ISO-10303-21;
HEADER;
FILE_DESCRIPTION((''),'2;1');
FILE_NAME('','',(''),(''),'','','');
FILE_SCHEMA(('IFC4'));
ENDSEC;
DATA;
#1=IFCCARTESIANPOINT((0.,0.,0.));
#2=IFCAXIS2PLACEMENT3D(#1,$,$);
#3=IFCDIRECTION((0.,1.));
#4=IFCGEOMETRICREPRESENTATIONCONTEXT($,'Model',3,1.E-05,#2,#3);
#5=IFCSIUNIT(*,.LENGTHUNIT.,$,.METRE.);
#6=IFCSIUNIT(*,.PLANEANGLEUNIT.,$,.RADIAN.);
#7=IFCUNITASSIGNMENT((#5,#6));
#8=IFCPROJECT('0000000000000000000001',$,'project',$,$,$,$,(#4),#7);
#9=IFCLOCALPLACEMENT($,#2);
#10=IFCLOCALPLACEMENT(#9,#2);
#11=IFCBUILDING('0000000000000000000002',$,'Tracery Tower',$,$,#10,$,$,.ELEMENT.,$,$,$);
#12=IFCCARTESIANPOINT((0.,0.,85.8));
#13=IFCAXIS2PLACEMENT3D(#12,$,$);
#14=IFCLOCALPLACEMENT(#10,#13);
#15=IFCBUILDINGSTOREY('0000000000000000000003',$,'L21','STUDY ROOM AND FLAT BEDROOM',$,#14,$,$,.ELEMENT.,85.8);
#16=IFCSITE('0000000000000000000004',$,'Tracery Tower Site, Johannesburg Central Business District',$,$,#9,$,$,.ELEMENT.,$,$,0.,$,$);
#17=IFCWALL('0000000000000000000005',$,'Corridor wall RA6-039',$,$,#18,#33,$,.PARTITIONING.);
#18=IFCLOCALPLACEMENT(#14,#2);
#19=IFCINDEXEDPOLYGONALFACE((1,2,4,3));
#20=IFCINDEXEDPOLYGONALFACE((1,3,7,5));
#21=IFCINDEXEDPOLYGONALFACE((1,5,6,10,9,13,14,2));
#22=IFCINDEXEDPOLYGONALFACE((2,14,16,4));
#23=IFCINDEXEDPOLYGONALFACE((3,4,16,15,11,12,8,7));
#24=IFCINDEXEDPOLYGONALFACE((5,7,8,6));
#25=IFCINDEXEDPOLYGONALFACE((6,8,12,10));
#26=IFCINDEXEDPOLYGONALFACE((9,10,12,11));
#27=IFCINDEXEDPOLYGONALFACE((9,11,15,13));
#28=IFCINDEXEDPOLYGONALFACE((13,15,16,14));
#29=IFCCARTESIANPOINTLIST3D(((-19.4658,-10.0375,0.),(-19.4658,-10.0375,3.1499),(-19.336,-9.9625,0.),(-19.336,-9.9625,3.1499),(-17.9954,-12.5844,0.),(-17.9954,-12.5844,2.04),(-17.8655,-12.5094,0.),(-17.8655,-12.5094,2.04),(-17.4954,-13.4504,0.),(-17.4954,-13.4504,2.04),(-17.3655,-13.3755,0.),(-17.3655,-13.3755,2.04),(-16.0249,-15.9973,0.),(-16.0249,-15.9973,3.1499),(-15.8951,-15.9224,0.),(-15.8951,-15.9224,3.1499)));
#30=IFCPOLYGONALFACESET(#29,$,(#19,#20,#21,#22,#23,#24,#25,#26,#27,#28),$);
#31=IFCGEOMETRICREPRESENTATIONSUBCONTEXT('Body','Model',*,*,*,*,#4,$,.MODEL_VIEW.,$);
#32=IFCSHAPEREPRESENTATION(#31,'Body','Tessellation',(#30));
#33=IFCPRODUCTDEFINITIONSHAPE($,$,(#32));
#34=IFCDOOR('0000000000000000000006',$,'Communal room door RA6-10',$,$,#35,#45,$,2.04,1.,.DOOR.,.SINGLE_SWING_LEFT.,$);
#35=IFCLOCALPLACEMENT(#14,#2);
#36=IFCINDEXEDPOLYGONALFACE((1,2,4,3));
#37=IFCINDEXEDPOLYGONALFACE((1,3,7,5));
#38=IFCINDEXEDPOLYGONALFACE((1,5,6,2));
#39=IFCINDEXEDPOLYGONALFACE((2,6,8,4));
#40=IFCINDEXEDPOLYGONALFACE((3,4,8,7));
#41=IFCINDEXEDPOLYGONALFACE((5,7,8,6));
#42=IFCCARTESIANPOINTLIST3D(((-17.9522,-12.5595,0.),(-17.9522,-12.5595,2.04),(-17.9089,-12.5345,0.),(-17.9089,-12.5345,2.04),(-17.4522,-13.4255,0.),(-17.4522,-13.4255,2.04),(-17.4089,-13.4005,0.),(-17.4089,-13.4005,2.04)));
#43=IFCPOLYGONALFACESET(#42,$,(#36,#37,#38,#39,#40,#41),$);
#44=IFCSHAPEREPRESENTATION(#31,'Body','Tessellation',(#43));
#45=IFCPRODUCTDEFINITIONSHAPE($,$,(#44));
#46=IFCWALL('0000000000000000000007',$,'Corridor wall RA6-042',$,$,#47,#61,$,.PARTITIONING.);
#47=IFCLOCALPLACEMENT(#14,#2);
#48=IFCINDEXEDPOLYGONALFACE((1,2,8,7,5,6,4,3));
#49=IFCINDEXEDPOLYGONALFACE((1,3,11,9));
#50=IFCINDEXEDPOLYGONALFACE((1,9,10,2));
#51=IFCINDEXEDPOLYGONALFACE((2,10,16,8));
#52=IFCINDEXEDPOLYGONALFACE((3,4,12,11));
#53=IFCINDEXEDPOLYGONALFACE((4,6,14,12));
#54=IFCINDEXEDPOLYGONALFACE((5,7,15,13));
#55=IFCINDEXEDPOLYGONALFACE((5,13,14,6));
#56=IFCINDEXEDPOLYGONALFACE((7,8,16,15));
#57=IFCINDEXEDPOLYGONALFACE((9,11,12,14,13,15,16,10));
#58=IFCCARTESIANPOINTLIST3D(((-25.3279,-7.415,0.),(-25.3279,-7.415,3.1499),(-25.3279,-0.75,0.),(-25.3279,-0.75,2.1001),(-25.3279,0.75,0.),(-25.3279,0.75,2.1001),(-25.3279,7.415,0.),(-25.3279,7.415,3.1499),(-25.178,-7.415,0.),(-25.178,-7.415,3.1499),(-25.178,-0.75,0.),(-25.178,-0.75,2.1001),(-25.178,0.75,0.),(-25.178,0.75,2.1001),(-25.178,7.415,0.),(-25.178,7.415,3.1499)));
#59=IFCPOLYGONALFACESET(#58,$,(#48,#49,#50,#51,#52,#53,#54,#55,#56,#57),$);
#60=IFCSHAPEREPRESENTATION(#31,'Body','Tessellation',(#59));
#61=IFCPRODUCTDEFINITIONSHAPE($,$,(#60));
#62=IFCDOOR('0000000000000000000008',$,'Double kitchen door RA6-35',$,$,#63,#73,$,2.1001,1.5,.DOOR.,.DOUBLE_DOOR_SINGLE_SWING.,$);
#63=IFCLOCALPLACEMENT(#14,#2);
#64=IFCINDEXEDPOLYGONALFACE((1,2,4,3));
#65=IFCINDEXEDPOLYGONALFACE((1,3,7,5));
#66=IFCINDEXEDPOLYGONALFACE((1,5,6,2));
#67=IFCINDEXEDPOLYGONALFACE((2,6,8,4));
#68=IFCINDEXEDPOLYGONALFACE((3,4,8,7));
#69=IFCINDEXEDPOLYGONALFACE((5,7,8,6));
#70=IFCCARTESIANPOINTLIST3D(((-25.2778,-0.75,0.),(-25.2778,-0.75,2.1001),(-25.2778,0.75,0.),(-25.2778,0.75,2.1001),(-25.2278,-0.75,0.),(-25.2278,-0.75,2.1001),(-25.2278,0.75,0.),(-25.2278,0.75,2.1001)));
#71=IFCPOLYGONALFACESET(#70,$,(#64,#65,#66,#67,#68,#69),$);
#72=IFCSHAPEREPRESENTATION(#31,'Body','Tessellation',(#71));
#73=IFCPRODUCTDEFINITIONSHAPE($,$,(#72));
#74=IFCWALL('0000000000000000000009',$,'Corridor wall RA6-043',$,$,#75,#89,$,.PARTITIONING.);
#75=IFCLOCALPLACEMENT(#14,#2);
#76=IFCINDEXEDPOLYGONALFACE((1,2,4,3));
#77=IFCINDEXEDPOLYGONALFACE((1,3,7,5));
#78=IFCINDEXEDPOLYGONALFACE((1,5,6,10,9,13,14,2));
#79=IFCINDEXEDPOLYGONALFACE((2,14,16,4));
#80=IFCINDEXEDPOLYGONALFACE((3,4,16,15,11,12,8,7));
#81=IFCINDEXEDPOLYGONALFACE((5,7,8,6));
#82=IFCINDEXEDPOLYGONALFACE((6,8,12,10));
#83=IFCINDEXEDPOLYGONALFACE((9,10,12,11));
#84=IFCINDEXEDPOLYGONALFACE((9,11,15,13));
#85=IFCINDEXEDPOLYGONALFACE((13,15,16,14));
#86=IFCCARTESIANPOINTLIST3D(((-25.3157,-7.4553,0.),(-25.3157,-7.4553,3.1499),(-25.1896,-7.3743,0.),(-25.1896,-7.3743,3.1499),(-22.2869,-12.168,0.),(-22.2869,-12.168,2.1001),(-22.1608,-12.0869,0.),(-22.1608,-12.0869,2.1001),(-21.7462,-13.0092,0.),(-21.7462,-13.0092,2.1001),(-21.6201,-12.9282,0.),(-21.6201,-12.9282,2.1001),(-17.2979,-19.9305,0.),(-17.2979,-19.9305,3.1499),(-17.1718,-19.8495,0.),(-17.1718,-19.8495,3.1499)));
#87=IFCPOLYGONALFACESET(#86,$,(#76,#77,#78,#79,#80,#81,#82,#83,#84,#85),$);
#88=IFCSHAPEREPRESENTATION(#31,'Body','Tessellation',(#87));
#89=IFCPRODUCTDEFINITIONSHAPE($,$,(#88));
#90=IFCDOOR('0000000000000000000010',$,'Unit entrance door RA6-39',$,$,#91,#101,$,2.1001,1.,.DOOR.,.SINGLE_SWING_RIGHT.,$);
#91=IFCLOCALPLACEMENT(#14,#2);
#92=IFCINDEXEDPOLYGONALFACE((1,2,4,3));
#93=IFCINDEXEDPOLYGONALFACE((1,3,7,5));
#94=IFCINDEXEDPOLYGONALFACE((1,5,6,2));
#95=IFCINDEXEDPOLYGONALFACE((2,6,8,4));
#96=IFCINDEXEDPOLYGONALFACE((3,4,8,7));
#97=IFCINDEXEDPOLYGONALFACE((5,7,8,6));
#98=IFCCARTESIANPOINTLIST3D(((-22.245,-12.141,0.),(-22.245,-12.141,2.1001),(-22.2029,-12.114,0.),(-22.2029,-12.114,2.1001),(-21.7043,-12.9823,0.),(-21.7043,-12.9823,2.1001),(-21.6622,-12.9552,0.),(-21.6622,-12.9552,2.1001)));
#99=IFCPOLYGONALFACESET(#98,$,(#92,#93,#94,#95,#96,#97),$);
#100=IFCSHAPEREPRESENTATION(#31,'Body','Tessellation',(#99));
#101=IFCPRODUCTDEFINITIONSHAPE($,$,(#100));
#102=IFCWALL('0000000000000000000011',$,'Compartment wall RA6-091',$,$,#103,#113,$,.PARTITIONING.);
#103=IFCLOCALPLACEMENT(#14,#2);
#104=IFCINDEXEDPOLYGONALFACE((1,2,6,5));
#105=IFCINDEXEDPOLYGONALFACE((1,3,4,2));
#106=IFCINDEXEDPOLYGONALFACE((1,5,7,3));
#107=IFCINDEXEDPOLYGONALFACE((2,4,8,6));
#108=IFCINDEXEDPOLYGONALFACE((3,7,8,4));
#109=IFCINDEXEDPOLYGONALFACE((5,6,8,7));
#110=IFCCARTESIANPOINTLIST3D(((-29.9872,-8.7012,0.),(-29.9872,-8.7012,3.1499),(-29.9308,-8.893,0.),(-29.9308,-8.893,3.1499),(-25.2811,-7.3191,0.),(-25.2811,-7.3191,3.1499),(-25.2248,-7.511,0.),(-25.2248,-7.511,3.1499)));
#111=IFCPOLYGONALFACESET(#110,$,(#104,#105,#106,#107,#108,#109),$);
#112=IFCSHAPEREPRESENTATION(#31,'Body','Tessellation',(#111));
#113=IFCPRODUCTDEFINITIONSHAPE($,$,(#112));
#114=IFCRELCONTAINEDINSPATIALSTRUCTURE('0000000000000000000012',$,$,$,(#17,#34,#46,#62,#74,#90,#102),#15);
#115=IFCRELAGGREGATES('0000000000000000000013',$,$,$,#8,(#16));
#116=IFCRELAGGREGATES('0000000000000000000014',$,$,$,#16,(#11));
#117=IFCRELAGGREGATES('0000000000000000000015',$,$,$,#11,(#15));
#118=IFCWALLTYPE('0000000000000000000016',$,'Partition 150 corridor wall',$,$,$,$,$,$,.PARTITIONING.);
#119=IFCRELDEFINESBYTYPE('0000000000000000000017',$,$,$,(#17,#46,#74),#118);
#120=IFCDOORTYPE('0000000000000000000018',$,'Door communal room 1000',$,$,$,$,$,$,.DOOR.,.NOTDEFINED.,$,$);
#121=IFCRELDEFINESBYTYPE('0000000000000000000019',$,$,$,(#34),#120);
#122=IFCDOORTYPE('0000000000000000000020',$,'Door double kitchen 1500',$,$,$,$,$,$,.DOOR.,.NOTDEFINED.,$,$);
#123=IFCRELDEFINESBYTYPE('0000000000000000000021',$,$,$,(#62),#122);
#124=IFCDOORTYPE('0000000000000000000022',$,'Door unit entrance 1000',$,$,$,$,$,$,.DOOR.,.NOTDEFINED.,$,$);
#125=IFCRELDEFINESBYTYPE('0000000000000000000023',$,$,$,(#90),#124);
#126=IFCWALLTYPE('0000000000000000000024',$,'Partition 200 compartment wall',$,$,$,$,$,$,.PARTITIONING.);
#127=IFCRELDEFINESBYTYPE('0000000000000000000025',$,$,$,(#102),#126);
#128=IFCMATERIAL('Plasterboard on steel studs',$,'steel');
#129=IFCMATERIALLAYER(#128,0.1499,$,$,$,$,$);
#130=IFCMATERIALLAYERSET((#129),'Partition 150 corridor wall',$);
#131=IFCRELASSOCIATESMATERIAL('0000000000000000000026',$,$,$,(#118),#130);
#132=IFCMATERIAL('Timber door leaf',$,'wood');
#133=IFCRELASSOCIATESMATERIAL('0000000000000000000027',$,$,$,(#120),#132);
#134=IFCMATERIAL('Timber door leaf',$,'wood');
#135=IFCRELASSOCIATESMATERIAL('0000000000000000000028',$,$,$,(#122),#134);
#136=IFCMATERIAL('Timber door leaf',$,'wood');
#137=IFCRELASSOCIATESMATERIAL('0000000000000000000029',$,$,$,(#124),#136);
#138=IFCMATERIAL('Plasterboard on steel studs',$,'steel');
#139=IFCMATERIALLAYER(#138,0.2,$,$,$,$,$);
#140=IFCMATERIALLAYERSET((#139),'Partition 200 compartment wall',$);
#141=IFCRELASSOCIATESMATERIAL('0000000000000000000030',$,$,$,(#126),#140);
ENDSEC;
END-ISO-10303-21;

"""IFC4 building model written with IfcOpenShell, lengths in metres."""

from ifc_helpers import new_model, si_unit, direction, frame, frame_2d, origin, place, context, subcontext, project, spatial, rectangle, extrude, material, layer, layer_set, type_object, element, fill, save


model = new_model("IFC4")

# Units and contexts
model_context = context("Model", 3, precision=1e-05, world=origin(), true_north=direction((0.0, 1.0)))
body_context = subcontext(model_context, "Body", "Model", "MODEL_VIEW")
ifc_project = project(units=[si_unit("LENGTHUNIT", "METRE"), si_unit("PLANEANGLEUNIT", "RADIAN")], contexts=[model_context])

# Site, building, storey
site_placement = place(None, origin())
site = spatial("IfcSite", under=ifc_project, at=site_placement, Name="Tracery Tower Site, Johannesburg Central Business District", CompositionType="ELEMENT", RefElevation=0.0)
building_placement = place(site_placement, origin())
building = spatial("IfcBuilding", under=site, at=building_placement, Name="Tracery Tower", CompositionType="ELEMENT")
storey_placement = place(building_placement, frame((0.0, 0.0, 85.8)))
storey = spatial("IfcBuildingStorey", under=building, at=storey_placement, Name="L21", Description="STUDY ROOM AND FLAT BEDROOM", CompositionType="ELEMENT", Elevation=85.8)

# Shared definitions
ifc_material_1 = material(Name="Plasterboard on steel studs", Category="steel")
ifc_layer_1 = layer(ifc_material_1, 0.1499)
ifc_layer_set_1 = layer_set([ifc_layer_1], Name="Partition 150 corridor wall")
wall_type_1 = type_object("IfcWallType", Name="Partition 150 corridor wall", PredefinedType="PARTITIONING", material=ifc_layer_set_1)

# Walls, openings, doors
wall_1_placement = place(storey_placement, frame((-19.4009, -10.0, 0.0), z_axis=(0.0, 0.0, 1.0), x_axis=(0.499993, -0.86603, 0.0)))
wall_1 = element("IfcWall", 1, at=wall_1_placement, inside=storey, type_object=wall_type_1, Name="Corridor wall RA6-039", PredefinedType="PARTITIONING", context=body_context, shape_type="SweptSolid", body=[
    extrude(rectangle(XDim=6.8818, YDim=0.1499, at=frame_2d((3.4409, 0.0))), origin(), (0.0, 0.0, 1.0), 3.1499),
])
opening_1_placement = place(wall_1_placement, frame((2.9409, 0.0, 0.0)))
opening_1 = element("IfcOpeningElement", 2, at=opening_1_placement, cuts=wall_1, PredefinedType="OPENING", context=body_context, shape_type="SweptSolid", body=[
    extrude(rectangle(XDim=1.0, YDim=2.04, at=frame_2d((0.5, 1.02))), frame((0.0, 0.075, 0.0), z_axis=(0.0, -1.0, 0.0), x_axis=(1.0, 0.0, 0.0)), (0.0, 0.0, 1.0), 0.1499),
])
ifc_material_2 = material(Name="Timber door leaf", Category="wood")
door_type_1 = type_object("IfcDoorType", Name="Door communal room 1000", OperationType="NOTDEFINED", PredefinedType="DOOR", material=ifc_material_2)
door_1_placement = place(opening_1_placement, origin())
door_1 = element("IfcDoor", 3, at=door_1_placement, inside=storey, type_object=door_type_1, Name="Communal room door RA6-10", OperationType="SINGLE_SWING_LEFT", OverallHeight=2.04, OverallWidth=1.0, PredefinedType="DOOR", context=body_context, shape_type="SweptSolid", body=[
    extrude(rectangle(XDim=1.0, YDim=2.04, at=frame_2d((0.5, 1.02))), frame((0.0, 0.0249, 0.0), z_axis=(0.0, -1.0, 0.0), x_axis=(1.0, 0.0, 0.0)), (0.0, 0.0, 1.0), 0.05),
])
fill(opening_1, door_1)
wall_2_placement = place(storey_placement, frame((-25.2529, -7.415, 0.0), z_axis=(0.0, 0.0, 1.0), x_axis=(0.0, 1.0, 0.0)))
wall_2 = element("IfcWall", 4, at=wall_2_placement, inside=storey, type_object=wall_type_1, Name="Corridor wall RA6-042", PredefinedType="PARTITIONING", context=body_context, shape_type="SweptSolid", body=[
    extrude(rectangle(XDim=14.8301, YDim=0.1499, at=frame_2d((7.415, 0.0))), origin(), (0.0, 0.0, 1.0), 3.1499),
])
opening_2_placement = place(wall_2_placement, frame((6.665, 0.0, 0.0)))
opening_2 = element("IfcOpeningElement", 5, at=opening_2_placement, cuts=wall_2, PredefinedType="OPENING", context=body_context, shape_type="SweptSolid", body=[
    extrude(rectangle(XDim=1.5, YDim=2.1001, at=frame_2d((0.75, 1.05))), frame((0.0, 0.075, 0.0), z_axis=(0.0, -1.0, 0.0), x_axis=(1.0, 0.0, 0.0)), (0.0, 0.0, 1.0), 0.1499),
])
ifc_material_3 = material(Name="Timber door leaf", Category="wood")
door_type_2 = type_object("IfcDoorType", Name="Door double kitchen 1500", OperationType="NOTDEFINED", PredefinedType="DOOR", material=ifc_material_3)
door_2_placement = place(opening_2_placement, origin())
door_2 = element("IfcDoor", 6, at=door_2_placement, inside=storey, type_object=door_type_2, Name="Double kitchen door RA6-35", OperationType="DOUBLE_DOOR_SINGLE_SWING", OverallHeight=2.1001, OverallWidth=1.5, PredefinedType="DOOR", context=body_context, shape_type="SweptSolid", body=[
    extrude(rectangle(XDim=1.5, YDim=2.1001, at=frame_2d((0.75, 1.05))), frame((0.0, 0.0249, 0.0), z_axis=(0.0, -1.0, 0.0), x_axis=(1.0, 0.0, 0.0)), (0.0, 0.0, 1.0), 0.05),
])
fill(opening_2, door_2)
wall_3_placement = place(storey_placement, frame((-25.2527, -7.4148, 0.0), z_axis=(0.0, 0.0, 1.0), x_axis=(0.540668, -0.841236, 0.0)))
wall_3 = element("IfcWall", 7, at=wall_3_placement, inside=storey, type_object=wall_type_1, Name="Corridor wall RA6-043", PredefinedType="PARTITIONING", context=body_context, shape_type="SweptSolid", body=[
    extrude(rectangle(XDim=14.8296, YDim=0.1499, at=frame_2d((7.4148, 0.0))), origin(), (0.0, 0.0, 1.0), 3.1499),
])
opening_3_placement = place(wall_3_placement, frame((5.6021, 0.0, 0.0)))
opening_3 = element("IfcOpeningElement", 8, at=opening_3_placement, cuts=wall_3, PredefinedType="OPENING", context=body_context, shape_type="SweptSolid", body=[
    extrude(rectangle(XDim=1.0, YDim=2.1001, at=frame_2d((0.5, 1.05))), frame((0.0, 0.075, 0.0), z_axis=(0.0, -1.0, 0.0), x_axis=(1.0, 0.0, 0.0)), (0.0, 0.0, 1.0), 0.1499),
])
ifc_material_4 = material(Name="Timber door leaf", Category="wood")
door_type_3 = type_object("IfcDoorType", Name="Door unit entrance 1000", OperationType="NOTDEFINED", PredefinedType="DOOR", material=ifc_material_4)
door_3_placement = place(opening_3_placement, origin())
door_3 = element("IfcDoor", 9, at=door_3_placement, inside=storey, type_object=door_type_3, Name="Unit entrance door RA6-39", OperationType="SINGLE_SWING_RIGHT", OverallHeight=2.1001, OverallWidth=1.0, PredefinedType="DOOR", context=body_context, shape_type="SweptSolid", body=[
    extrude(rectangle(XDim=1.0, YDim=2.1001, at=frame_2d((0.5, 1.05))), frame((0.0, 0.0249, 0.0), z_axis=(0.0, -1.0, 0.0), x_axis=(1.0, 0.0, 0.0)), (0.0, 0.0, 1.0), 0.05),
])
fill(opening_3, door_3)

# Wall
ifc_material_5 = material(Name="Plasterboard on steel studs", Category="steel")
ifc_layer_2 = layer(ifc_material_5, 0.2)
ifc_layer_set_2 = layer_set([ifc_layer_2], Name="Partition 200 compartment wall")
wall_type_2 = type_object("IfcWallType", Name="Partition 200 compartment wall", PredefinedType="PARTITIONING", material=ifc_layer_set_2)
wall_4_placement = place(storey_placement, frame((-29.959, -8.7971, 0.0), z_axis=(0.0, 0.0, 1.0), x_axis=(0.959479, 0.281781, 0.0)))
element("IfcWall", 10, at=wall_4_placement, inside=storey, type_object=wall_type_2, Name="Compartment wall RA6-091", PredefinedType="PARTITIONING", context=body_context, shape_type="SweptSolid", body=[
    extrude(rectangle(XDim=4.9048, YDim=0.2, at=frame_2d((2.4524, 0.0))), origin(), (0.0, 0.0, 1.0), 3.1499),
])

save(model, "model.ifc")
